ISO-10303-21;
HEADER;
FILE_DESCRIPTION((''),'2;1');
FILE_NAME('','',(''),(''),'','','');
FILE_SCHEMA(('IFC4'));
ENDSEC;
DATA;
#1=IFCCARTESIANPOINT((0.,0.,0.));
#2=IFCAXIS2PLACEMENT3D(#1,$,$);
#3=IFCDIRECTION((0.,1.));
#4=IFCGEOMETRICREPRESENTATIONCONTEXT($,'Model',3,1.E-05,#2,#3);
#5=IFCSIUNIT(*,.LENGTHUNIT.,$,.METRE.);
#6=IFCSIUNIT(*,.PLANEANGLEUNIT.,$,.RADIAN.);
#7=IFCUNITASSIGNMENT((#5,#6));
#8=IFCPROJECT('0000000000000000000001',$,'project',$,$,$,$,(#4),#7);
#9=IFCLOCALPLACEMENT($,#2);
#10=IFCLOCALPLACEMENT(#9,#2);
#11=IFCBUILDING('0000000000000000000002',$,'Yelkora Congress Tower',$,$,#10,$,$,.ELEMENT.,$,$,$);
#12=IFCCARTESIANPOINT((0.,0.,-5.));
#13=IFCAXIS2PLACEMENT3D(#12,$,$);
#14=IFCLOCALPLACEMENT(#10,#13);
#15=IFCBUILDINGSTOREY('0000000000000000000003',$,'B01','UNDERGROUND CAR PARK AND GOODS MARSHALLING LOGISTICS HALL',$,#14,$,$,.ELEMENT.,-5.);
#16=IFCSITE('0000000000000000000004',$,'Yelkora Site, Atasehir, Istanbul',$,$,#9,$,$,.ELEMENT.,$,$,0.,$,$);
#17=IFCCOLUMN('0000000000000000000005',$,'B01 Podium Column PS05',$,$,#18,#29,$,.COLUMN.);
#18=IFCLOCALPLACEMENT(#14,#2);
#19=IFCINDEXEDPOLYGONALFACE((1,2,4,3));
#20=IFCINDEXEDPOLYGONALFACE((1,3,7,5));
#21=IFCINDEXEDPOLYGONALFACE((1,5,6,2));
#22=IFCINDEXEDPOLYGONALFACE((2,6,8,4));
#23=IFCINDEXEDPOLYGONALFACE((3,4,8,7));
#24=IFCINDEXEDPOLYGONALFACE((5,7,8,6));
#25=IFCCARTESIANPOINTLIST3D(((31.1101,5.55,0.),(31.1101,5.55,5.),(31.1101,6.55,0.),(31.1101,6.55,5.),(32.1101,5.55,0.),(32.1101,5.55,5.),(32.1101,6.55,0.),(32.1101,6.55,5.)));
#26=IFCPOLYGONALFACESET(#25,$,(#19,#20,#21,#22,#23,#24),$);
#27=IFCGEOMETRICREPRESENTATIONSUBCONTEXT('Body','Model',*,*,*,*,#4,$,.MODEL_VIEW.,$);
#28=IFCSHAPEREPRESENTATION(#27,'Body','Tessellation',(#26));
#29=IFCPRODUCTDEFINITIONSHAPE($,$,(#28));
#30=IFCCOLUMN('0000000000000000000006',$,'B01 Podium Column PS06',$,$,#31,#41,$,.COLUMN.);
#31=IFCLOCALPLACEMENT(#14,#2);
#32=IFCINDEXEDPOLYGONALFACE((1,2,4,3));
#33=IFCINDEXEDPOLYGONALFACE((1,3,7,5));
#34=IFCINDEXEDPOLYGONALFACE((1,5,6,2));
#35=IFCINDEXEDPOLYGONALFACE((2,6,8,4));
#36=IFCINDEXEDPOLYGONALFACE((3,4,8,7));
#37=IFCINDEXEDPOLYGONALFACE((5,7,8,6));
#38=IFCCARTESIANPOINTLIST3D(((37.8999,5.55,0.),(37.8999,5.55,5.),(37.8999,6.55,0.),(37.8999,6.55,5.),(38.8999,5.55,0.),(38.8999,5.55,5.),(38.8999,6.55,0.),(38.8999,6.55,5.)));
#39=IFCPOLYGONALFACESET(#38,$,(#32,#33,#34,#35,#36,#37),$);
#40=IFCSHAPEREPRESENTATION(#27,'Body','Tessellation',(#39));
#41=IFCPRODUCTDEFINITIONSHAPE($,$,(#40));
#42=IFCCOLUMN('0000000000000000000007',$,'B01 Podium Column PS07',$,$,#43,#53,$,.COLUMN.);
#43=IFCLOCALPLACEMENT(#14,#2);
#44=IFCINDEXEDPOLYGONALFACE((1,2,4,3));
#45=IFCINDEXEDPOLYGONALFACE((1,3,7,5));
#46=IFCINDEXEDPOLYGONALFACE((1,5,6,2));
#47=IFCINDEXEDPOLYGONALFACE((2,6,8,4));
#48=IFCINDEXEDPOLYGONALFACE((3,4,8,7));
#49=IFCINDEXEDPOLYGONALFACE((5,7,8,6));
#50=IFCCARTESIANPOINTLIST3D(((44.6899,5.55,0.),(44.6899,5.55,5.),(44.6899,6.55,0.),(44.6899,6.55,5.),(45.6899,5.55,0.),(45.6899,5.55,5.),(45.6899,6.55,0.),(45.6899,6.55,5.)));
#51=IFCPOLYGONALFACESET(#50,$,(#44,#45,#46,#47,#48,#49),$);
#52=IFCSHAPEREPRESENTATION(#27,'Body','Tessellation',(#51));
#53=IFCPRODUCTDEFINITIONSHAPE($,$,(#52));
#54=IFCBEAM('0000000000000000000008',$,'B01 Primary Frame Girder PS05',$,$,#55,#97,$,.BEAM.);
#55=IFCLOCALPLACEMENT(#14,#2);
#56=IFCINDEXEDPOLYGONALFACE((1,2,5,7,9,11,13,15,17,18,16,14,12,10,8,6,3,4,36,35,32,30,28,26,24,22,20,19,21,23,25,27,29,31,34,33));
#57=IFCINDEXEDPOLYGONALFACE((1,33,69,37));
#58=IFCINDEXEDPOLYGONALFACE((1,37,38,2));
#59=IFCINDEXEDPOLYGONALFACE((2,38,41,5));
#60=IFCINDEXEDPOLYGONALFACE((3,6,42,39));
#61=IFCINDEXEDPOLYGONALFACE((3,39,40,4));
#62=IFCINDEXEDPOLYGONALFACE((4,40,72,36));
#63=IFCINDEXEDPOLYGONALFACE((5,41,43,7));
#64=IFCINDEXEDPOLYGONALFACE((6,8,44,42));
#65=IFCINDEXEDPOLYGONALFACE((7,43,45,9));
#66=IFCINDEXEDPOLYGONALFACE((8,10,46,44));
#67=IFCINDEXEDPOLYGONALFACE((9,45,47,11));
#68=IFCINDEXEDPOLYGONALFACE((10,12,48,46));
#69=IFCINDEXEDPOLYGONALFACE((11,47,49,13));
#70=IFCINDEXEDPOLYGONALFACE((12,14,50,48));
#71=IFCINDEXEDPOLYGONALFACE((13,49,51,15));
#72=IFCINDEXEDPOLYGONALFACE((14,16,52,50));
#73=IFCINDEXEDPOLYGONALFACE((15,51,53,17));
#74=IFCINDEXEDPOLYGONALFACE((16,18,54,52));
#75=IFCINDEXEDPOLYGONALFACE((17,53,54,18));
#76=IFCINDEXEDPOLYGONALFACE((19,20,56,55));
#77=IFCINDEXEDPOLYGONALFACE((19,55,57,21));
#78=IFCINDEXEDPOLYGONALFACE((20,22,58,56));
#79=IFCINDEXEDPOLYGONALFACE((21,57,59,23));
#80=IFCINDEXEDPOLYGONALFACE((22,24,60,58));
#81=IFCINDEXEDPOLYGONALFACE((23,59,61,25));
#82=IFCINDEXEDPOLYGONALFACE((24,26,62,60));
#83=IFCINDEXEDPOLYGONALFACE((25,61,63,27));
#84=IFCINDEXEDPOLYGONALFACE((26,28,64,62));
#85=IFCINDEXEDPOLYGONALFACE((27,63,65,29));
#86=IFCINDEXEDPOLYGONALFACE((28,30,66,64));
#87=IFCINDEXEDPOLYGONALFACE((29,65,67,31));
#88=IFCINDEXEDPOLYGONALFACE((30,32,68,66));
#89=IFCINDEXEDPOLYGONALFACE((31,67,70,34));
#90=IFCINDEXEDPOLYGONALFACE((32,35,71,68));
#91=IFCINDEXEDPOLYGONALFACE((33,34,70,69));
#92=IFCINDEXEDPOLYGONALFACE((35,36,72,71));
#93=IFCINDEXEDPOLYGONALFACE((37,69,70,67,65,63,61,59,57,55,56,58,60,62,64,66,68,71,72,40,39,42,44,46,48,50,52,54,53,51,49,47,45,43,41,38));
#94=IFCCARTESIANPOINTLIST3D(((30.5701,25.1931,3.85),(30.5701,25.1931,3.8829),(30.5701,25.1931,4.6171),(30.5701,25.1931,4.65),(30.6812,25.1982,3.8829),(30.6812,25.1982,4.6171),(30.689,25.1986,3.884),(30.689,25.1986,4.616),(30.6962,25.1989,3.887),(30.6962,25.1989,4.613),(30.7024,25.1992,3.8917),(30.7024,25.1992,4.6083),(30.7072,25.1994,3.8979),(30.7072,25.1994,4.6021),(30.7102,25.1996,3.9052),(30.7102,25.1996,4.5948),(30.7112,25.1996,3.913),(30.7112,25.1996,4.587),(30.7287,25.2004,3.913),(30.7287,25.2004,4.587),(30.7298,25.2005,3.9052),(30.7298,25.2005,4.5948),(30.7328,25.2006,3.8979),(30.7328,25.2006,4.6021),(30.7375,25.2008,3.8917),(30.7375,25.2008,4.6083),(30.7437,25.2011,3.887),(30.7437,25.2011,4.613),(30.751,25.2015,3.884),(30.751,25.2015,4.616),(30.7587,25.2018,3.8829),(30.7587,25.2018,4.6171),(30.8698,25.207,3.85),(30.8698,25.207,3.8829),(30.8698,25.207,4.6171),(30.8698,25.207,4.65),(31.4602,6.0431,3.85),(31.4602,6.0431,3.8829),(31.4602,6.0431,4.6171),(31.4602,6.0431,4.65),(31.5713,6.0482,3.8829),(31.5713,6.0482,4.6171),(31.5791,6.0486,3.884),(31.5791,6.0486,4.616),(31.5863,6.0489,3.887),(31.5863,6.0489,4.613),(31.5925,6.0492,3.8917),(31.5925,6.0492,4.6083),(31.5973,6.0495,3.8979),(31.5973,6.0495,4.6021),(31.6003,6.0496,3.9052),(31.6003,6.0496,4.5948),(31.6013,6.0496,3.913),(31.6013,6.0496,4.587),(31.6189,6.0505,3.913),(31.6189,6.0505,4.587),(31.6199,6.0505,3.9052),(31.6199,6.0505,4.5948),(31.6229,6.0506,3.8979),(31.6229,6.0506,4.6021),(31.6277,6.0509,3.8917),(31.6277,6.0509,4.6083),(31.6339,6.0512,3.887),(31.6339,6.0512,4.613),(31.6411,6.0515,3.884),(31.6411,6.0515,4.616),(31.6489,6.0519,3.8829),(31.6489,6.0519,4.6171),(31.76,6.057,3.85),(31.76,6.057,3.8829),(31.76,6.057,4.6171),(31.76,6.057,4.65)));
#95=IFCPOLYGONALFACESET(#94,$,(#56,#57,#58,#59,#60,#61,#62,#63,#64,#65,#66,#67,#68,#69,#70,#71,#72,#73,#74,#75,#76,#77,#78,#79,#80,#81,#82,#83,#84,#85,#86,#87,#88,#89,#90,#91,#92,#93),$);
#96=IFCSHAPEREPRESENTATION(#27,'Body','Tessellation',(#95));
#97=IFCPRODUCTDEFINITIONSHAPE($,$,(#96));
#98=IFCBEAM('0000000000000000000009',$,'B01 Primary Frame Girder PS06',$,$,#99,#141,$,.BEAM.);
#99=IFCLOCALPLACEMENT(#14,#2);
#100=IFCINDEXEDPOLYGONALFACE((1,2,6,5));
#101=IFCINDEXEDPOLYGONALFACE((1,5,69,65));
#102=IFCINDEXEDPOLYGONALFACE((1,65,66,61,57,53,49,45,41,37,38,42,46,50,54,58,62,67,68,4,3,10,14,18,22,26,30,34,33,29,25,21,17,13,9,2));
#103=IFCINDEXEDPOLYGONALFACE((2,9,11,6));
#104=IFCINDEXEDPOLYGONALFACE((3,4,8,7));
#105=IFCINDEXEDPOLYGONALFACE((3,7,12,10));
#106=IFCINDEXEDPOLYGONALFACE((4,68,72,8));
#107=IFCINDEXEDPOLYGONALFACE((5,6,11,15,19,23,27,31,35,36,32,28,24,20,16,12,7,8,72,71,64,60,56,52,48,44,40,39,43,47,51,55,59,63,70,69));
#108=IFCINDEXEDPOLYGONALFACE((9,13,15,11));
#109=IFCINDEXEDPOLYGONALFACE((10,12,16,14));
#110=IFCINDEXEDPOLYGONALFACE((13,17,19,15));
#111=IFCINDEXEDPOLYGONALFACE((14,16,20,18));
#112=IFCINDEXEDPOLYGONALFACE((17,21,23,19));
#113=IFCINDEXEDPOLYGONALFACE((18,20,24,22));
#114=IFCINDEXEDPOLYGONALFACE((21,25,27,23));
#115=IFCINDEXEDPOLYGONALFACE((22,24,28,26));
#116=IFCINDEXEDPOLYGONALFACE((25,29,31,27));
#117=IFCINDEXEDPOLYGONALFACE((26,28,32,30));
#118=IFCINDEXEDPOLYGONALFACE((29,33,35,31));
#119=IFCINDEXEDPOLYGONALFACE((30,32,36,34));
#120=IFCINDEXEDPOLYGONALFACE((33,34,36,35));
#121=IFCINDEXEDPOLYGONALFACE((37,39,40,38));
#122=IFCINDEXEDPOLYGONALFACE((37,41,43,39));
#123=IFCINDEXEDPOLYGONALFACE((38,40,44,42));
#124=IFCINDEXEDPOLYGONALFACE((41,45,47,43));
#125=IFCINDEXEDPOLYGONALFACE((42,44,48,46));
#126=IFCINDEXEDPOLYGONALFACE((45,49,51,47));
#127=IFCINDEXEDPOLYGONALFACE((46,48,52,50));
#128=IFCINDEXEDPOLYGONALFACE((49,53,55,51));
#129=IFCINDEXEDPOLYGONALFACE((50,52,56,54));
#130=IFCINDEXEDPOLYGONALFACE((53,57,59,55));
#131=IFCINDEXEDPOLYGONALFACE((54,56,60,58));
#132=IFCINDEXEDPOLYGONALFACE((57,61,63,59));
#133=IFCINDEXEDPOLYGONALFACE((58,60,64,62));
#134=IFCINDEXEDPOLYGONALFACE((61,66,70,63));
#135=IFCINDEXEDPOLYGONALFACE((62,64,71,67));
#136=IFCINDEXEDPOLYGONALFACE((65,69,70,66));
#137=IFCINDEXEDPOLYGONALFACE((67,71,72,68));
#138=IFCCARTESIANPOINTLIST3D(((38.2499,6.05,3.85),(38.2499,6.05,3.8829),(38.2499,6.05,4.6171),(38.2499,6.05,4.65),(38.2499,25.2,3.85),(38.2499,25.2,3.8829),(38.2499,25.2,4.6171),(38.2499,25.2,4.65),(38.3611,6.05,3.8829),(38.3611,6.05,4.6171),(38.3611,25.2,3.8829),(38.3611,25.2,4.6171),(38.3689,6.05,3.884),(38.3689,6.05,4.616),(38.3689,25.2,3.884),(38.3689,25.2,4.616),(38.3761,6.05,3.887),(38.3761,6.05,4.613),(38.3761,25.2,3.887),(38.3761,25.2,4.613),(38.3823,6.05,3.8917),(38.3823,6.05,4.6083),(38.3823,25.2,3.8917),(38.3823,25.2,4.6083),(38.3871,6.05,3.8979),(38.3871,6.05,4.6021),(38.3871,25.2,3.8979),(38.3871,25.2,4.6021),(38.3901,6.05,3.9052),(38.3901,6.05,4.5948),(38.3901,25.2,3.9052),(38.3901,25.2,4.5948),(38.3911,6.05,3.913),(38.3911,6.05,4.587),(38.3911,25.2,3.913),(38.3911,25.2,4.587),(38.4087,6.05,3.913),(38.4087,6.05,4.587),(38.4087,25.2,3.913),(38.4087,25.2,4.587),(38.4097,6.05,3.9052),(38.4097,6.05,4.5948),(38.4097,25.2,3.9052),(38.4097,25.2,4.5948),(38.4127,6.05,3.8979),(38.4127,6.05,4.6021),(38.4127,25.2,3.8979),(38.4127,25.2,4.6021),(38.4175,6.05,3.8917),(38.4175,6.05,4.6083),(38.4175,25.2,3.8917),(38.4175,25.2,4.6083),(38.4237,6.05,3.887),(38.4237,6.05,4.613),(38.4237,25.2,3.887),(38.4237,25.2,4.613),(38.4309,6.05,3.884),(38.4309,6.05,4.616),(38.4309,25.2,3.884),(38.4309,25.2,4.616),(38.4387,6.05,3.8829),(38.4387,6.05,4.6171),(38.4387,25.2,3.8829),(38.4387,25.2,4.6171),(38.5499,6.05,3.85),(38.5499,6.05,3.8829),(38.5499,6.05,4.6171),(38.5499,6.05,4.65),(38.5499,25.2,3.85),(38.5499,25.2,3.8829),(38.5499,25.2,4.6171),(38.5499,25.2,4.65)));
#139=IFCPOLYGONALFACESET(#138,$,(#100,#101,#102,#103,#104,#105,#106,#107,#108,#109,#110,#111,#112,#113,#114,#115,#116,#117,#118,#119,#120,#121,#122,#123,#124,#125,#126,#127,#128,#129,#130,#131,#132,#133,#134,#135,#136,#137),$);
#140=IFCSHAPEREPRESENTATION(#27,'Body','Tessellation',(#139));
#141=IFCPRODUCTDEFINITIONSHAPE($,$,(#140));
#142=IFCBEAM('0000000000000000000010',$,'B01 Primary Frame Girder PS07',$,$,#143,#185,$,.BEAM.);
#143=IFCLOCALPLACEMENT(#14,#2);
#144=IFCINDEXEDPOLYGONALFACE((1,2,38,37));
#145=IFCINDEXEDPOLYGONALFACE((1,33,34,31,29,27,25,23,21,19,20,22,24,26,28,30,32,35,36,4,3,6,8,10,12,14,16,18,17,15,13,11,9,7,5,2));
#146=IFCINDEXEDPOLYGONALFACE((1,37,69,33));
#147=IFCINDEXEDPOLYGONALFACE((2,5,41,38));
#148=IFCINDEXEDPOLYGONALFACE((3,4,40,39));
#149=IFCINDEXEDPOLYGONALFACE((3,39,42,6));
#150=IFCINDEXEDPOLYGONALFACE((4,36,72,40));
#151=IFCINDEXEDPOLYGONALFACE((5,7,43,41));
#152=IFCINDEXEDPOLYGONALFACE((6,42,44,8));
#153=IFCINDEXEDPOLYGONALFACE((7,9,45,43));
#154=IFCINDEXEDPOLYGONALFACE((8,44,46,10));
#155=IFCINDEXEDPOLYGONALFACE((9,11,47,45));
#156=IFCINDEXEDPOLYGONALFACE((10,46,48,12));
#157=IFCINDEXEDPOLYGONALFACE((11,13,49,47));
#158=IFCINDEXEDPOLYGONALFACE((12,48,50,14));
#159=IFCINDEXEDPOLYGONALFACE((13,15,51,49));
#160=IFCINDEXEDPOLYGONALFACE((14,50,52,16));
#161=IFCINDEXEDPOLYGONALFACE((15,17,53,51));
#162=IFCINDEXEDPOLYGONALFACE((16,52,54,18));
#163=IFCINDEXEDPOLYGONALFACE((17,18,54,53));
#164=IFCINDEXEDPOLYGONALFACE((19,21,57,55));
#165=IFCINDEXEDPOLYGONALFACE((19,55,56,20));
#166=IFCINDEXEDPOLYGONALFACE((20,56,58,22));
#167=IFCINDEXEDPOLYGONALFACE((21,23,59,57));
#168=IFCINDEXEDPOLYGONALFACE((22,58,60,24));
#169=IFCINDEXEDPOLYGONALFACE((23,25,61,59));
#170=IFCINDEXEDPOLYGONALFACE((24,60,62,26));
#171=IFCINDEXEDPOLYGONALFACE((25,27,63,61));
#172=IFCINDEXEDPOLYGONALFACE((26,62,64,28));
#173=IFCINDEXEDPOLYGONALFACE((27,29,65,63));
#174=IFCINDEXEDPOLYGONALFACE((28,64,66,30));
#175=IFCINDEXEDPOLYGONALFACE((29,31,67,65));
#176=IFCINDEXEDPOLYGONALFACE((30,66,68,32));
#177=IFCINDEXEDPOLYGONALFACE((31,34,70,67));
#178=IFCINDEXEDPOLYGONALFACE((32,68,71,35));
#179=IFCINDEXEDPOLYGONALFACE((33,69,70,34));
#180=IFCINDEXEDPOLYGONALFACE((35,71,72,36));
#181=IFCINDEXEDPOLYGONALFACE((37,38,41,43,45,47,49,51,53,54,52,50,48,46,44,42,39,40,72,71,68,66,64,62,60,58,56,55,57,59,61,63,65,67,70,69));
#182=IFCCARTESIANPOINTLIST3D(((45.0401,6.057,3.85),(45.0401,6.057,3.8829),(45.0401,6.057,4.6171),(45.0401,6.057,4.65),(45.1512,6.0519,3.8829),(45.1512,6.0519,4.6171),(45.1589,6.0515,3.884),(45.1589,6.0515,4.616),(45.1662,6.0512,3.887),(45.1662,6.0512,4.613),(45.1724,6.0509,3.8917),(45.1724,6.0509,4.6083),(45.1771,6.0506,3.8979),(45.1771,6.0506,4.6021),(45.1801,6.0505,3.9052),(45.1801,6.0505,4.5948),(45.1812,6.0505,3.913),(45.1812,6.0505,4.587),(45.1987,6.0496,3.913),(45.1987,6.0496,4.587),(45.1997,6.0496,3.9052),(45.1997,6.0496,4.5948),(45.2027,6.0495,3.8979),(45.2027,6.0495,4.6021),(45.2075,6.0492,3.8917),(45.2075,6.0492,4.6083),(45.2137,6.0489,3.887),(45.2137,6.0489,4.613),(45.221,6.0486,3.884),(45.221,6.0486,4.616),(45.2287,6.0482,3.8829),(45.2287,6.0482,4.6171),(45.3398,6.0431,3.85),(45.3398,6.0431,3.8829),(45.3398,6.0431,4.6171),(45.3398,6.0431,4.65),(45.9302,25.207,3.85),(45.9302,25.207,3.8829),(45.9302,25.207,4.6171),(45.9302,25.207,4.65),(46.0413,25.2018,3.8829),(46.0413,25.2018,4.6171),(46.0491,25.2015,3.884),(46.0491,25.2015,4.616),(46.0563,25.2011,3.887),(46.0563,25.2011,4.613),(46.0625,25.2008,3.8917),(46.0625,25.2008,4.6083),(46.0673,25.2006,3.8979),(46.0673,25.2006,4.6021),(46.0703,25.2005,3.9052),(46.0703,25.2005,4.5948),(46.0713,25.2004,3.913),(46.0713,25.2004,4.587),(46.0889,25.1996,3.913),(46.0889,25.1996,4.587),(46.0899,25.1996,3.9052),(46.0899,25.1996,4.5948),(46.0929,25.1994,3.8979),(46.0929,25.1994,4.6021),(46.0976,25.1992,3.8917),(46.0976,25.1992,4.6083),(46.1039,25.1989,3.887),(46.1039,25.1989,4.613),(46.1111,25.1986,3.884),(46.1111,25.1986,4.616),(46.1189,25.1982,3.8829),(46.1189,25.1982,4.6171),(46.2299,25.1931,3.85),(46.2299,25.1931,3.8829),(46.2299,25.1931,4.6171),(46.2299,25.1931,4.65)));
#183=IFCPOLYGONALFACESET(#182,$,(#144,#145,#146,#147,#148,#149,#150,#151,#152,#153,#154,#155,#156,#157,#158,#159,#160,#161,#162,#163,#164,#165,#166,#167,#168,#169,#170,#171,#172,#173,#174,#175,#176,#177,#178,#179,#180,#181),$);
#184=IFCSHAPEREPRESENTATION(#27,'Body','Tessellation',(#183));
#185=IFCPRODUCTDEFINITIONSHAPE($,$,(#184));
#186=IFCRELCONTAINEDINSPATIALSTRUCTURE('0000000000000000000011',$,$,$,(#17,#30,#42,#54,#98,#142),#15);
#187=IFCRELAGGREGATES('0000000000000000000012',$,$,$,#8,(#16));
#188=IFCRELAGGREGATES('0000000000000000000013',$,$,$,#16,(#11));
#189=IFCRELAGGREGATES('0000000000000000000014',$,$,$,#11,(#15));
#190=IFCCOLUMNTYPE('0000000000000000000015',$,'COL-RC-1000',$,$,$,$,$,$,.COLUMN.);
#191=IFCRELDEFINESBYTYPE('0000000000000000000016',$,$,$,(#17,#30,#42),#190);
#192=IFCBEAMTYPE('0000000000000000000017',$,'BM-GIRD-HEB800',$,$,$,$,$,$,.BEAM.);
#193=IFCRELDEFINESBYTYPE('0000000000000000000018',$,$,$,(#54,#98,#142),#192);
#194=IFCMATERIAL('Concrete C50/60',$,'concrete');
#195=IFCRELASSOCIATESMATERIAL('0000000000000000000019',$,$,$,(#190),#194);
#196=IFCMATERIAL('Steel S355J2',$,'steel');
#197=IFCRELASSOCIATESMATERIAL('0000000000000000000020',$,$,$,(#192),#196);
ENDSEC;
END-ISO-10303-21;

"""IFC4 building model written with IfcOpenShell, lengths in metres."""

from ifc_helpers import new_model, si_unit, direction, frame, origin, origin_2d, place, context, subcontext, project, spatial, rectangle, i_section, extrude, material, material_profile, profile_set, type_object, element, save


model = new_model("IFC4")

# Units and contexts
model_context = context("Model", 3, precision=1e-05, world=origin(), true_north=direction((0.0, 1.0)))
body_context = subcontext(model_context, "Body", "Model", "MODEL_VIEW")
ifc_project = project(units=[si_unit("LENGTHUNIT", "METRE"), si_unit("PLANEANGLEUNIT", "RADIAN")], contexts=[model_context])

# Site, building, storey
site_placement = place(None, origin())
site = spatial("IfcSite", under=ifc_project, at=site_placement, Name="Yelkora Site, Atasehir, Istanbul", CompositionType="ELEMENT", RefElevation=0.0)
building_placement = place(site_placement, origin())
building = spatial("IfcBuilding", under=site, at=building_placement, Name="Yelkora Congress Tower", CompositionType="ELEMENT")
storey_placement = place(building_placement, frame((0.0, 0.0, -5.0)))
storey = spatial("IfcBuildingStorey", under=building, at=storey_placement, Name="B01", Description="UNDERGROUND CAR PARK AND GOODS MARSHALLING LOGISTICS HALL", CompositionType="ELEMENT", Elevation=-5.0)

# Columns
ifc_material_1 = material(Name="Concrete C50/60", Category="concrete")
ifc_material_profile_1 = material_profile(ifc_material_1, rectangle(XDim=1.0, YDim=1.0, at=origin_2d()), Name="RC 1000x1000")
ifc_profile_set_1 = profile_set([ifc_material_profile_1], Name="Concrete C50/60")
column_type = type_object("IfcColumnType", Name="COL-RC-1000", PredefinedType="COLUMN", material=ifc_profile_set_1)
for number, where, z_axis, x_axis, name in (
    (1, (31.6101, 6.05, 0.0), (0.0, 0.0, 1.0), (1.0, 0.0, 0.0), "B01 Podium Column PS05"),
    (2, (38.3999, 6.05, 0.0), (0.0, 0.0, 1.0), (1.0, 0.0, 0.0), "B01 Podium Column PS06"),
    (3, (45.1899, 6.05, 0.0), (0.0, 0.0, 1.0), (1.0, 0.0, 0.0), "B01 Podium Column PS07"),
):
    element("IfcColumn", number, at=place(storey_placement, frame(where, z_axis=z_axis, x_axis=x_axis)), inside=storey, type_object=column_type, Name=name, PredefinedType="COLUMN", context=body_context, shape_type="SweptSolid", body=[
        extrude(rectangle(XDim=1.0, YDim=1.0, at=origin_2d()), origin(), (0.0, 0.0, 1.0), 5.0),
    ])

# Beams
ifc_material_2 = material(Name="Steel S355J2", Category="steel")
ifc_material_profile_2 = material_profile(ifc_material_2, i_section(OverallWidth=0.3, OverallDepth=0.8, WebThickness=0.0176, FlangeThickness=0.033, FilletRadius=0.03, at=origin_2d()), Name="HEB 800")
ifc_profile_set_2 = profile_set([ifc_material_profile_2], Name="Steel S355J2")
beam_type_1 = type_object("IfcBeamType", Name="BM-GIRD-HEB800", PredefinedType="BEAM", material=ifc_profile_set_2)
beam_1_placement = place(storey_placement, frame((31.6101, 6.05, 4.25), z_axis=(-0.046432, 0.998921, 0.0), x_axis=(-0.998921, -0.046432, 0.0)))
element("IfcBeam", 4, at=beam_1_placement, inside=storey, type_object=beam_type_1, Name="B01 Primary Frame Girder PS05", PredefinedType="BEAM", context=body_context, shape_type="SweptSolid", body=[
    extrude(i_section(OverallWidth=0.3, OverallDepth=0.8, WebThickness=0.0176, FlangeThickness=0.033, FilletRadius=0.03, at=origin_2d()), origin(), (0.0, 0.0, 1.0), 19.1707),
])
beam_2_placement = place(storey_placement, frame((38.3999, 6.05, 4.25), z_axis=(0.0, 1.0, 0.0), x_axis=(-1.0, 0.0, 0.0)))
element("IfcBeam", 5, at=beam_2_placement, inside=storey, type_object=beam_type_1, Name="B01 Primary Frame Girder PS06", PredefinedType="BEAM", context=body_context, shape_type="SweptSolid", body=[
    extrude(i_section(OverallWidth=0.3, OverallDepth=0.8, WebThickness=0.0176, FlangeThickness=0.033, FilletRadius=0.03, at=origin_2d()), origin(), (0.0, 0.0, 1.0), 19.1499),
])
beam_3_placement = place(storey_placement, frame((45.1899, 6.05, 4.25), z_axis=(0.046432, 0.998921, 0.0), x_axis=(-0.998921, 0.046432, 0.0)))
element("IfcBeam", 6, at=beam_3_placement, inside=storey, type_object=beam_type_1, Name="B01 Primary Frame Girder PS07", PredefinedType="BEAM", context=body_context, shape_type="SweptSolid", body=[
    extrude(i_section(OverallWidth=0.3, OverallDepth=0.8, WebThickness=0.0176, FlangeThickness=0.033, FilletRadius=0.03, at=origin_2d()), origin(), (0.0, 0.0, 1.0), 19.1707),
])

save(model, "model.ifc")
